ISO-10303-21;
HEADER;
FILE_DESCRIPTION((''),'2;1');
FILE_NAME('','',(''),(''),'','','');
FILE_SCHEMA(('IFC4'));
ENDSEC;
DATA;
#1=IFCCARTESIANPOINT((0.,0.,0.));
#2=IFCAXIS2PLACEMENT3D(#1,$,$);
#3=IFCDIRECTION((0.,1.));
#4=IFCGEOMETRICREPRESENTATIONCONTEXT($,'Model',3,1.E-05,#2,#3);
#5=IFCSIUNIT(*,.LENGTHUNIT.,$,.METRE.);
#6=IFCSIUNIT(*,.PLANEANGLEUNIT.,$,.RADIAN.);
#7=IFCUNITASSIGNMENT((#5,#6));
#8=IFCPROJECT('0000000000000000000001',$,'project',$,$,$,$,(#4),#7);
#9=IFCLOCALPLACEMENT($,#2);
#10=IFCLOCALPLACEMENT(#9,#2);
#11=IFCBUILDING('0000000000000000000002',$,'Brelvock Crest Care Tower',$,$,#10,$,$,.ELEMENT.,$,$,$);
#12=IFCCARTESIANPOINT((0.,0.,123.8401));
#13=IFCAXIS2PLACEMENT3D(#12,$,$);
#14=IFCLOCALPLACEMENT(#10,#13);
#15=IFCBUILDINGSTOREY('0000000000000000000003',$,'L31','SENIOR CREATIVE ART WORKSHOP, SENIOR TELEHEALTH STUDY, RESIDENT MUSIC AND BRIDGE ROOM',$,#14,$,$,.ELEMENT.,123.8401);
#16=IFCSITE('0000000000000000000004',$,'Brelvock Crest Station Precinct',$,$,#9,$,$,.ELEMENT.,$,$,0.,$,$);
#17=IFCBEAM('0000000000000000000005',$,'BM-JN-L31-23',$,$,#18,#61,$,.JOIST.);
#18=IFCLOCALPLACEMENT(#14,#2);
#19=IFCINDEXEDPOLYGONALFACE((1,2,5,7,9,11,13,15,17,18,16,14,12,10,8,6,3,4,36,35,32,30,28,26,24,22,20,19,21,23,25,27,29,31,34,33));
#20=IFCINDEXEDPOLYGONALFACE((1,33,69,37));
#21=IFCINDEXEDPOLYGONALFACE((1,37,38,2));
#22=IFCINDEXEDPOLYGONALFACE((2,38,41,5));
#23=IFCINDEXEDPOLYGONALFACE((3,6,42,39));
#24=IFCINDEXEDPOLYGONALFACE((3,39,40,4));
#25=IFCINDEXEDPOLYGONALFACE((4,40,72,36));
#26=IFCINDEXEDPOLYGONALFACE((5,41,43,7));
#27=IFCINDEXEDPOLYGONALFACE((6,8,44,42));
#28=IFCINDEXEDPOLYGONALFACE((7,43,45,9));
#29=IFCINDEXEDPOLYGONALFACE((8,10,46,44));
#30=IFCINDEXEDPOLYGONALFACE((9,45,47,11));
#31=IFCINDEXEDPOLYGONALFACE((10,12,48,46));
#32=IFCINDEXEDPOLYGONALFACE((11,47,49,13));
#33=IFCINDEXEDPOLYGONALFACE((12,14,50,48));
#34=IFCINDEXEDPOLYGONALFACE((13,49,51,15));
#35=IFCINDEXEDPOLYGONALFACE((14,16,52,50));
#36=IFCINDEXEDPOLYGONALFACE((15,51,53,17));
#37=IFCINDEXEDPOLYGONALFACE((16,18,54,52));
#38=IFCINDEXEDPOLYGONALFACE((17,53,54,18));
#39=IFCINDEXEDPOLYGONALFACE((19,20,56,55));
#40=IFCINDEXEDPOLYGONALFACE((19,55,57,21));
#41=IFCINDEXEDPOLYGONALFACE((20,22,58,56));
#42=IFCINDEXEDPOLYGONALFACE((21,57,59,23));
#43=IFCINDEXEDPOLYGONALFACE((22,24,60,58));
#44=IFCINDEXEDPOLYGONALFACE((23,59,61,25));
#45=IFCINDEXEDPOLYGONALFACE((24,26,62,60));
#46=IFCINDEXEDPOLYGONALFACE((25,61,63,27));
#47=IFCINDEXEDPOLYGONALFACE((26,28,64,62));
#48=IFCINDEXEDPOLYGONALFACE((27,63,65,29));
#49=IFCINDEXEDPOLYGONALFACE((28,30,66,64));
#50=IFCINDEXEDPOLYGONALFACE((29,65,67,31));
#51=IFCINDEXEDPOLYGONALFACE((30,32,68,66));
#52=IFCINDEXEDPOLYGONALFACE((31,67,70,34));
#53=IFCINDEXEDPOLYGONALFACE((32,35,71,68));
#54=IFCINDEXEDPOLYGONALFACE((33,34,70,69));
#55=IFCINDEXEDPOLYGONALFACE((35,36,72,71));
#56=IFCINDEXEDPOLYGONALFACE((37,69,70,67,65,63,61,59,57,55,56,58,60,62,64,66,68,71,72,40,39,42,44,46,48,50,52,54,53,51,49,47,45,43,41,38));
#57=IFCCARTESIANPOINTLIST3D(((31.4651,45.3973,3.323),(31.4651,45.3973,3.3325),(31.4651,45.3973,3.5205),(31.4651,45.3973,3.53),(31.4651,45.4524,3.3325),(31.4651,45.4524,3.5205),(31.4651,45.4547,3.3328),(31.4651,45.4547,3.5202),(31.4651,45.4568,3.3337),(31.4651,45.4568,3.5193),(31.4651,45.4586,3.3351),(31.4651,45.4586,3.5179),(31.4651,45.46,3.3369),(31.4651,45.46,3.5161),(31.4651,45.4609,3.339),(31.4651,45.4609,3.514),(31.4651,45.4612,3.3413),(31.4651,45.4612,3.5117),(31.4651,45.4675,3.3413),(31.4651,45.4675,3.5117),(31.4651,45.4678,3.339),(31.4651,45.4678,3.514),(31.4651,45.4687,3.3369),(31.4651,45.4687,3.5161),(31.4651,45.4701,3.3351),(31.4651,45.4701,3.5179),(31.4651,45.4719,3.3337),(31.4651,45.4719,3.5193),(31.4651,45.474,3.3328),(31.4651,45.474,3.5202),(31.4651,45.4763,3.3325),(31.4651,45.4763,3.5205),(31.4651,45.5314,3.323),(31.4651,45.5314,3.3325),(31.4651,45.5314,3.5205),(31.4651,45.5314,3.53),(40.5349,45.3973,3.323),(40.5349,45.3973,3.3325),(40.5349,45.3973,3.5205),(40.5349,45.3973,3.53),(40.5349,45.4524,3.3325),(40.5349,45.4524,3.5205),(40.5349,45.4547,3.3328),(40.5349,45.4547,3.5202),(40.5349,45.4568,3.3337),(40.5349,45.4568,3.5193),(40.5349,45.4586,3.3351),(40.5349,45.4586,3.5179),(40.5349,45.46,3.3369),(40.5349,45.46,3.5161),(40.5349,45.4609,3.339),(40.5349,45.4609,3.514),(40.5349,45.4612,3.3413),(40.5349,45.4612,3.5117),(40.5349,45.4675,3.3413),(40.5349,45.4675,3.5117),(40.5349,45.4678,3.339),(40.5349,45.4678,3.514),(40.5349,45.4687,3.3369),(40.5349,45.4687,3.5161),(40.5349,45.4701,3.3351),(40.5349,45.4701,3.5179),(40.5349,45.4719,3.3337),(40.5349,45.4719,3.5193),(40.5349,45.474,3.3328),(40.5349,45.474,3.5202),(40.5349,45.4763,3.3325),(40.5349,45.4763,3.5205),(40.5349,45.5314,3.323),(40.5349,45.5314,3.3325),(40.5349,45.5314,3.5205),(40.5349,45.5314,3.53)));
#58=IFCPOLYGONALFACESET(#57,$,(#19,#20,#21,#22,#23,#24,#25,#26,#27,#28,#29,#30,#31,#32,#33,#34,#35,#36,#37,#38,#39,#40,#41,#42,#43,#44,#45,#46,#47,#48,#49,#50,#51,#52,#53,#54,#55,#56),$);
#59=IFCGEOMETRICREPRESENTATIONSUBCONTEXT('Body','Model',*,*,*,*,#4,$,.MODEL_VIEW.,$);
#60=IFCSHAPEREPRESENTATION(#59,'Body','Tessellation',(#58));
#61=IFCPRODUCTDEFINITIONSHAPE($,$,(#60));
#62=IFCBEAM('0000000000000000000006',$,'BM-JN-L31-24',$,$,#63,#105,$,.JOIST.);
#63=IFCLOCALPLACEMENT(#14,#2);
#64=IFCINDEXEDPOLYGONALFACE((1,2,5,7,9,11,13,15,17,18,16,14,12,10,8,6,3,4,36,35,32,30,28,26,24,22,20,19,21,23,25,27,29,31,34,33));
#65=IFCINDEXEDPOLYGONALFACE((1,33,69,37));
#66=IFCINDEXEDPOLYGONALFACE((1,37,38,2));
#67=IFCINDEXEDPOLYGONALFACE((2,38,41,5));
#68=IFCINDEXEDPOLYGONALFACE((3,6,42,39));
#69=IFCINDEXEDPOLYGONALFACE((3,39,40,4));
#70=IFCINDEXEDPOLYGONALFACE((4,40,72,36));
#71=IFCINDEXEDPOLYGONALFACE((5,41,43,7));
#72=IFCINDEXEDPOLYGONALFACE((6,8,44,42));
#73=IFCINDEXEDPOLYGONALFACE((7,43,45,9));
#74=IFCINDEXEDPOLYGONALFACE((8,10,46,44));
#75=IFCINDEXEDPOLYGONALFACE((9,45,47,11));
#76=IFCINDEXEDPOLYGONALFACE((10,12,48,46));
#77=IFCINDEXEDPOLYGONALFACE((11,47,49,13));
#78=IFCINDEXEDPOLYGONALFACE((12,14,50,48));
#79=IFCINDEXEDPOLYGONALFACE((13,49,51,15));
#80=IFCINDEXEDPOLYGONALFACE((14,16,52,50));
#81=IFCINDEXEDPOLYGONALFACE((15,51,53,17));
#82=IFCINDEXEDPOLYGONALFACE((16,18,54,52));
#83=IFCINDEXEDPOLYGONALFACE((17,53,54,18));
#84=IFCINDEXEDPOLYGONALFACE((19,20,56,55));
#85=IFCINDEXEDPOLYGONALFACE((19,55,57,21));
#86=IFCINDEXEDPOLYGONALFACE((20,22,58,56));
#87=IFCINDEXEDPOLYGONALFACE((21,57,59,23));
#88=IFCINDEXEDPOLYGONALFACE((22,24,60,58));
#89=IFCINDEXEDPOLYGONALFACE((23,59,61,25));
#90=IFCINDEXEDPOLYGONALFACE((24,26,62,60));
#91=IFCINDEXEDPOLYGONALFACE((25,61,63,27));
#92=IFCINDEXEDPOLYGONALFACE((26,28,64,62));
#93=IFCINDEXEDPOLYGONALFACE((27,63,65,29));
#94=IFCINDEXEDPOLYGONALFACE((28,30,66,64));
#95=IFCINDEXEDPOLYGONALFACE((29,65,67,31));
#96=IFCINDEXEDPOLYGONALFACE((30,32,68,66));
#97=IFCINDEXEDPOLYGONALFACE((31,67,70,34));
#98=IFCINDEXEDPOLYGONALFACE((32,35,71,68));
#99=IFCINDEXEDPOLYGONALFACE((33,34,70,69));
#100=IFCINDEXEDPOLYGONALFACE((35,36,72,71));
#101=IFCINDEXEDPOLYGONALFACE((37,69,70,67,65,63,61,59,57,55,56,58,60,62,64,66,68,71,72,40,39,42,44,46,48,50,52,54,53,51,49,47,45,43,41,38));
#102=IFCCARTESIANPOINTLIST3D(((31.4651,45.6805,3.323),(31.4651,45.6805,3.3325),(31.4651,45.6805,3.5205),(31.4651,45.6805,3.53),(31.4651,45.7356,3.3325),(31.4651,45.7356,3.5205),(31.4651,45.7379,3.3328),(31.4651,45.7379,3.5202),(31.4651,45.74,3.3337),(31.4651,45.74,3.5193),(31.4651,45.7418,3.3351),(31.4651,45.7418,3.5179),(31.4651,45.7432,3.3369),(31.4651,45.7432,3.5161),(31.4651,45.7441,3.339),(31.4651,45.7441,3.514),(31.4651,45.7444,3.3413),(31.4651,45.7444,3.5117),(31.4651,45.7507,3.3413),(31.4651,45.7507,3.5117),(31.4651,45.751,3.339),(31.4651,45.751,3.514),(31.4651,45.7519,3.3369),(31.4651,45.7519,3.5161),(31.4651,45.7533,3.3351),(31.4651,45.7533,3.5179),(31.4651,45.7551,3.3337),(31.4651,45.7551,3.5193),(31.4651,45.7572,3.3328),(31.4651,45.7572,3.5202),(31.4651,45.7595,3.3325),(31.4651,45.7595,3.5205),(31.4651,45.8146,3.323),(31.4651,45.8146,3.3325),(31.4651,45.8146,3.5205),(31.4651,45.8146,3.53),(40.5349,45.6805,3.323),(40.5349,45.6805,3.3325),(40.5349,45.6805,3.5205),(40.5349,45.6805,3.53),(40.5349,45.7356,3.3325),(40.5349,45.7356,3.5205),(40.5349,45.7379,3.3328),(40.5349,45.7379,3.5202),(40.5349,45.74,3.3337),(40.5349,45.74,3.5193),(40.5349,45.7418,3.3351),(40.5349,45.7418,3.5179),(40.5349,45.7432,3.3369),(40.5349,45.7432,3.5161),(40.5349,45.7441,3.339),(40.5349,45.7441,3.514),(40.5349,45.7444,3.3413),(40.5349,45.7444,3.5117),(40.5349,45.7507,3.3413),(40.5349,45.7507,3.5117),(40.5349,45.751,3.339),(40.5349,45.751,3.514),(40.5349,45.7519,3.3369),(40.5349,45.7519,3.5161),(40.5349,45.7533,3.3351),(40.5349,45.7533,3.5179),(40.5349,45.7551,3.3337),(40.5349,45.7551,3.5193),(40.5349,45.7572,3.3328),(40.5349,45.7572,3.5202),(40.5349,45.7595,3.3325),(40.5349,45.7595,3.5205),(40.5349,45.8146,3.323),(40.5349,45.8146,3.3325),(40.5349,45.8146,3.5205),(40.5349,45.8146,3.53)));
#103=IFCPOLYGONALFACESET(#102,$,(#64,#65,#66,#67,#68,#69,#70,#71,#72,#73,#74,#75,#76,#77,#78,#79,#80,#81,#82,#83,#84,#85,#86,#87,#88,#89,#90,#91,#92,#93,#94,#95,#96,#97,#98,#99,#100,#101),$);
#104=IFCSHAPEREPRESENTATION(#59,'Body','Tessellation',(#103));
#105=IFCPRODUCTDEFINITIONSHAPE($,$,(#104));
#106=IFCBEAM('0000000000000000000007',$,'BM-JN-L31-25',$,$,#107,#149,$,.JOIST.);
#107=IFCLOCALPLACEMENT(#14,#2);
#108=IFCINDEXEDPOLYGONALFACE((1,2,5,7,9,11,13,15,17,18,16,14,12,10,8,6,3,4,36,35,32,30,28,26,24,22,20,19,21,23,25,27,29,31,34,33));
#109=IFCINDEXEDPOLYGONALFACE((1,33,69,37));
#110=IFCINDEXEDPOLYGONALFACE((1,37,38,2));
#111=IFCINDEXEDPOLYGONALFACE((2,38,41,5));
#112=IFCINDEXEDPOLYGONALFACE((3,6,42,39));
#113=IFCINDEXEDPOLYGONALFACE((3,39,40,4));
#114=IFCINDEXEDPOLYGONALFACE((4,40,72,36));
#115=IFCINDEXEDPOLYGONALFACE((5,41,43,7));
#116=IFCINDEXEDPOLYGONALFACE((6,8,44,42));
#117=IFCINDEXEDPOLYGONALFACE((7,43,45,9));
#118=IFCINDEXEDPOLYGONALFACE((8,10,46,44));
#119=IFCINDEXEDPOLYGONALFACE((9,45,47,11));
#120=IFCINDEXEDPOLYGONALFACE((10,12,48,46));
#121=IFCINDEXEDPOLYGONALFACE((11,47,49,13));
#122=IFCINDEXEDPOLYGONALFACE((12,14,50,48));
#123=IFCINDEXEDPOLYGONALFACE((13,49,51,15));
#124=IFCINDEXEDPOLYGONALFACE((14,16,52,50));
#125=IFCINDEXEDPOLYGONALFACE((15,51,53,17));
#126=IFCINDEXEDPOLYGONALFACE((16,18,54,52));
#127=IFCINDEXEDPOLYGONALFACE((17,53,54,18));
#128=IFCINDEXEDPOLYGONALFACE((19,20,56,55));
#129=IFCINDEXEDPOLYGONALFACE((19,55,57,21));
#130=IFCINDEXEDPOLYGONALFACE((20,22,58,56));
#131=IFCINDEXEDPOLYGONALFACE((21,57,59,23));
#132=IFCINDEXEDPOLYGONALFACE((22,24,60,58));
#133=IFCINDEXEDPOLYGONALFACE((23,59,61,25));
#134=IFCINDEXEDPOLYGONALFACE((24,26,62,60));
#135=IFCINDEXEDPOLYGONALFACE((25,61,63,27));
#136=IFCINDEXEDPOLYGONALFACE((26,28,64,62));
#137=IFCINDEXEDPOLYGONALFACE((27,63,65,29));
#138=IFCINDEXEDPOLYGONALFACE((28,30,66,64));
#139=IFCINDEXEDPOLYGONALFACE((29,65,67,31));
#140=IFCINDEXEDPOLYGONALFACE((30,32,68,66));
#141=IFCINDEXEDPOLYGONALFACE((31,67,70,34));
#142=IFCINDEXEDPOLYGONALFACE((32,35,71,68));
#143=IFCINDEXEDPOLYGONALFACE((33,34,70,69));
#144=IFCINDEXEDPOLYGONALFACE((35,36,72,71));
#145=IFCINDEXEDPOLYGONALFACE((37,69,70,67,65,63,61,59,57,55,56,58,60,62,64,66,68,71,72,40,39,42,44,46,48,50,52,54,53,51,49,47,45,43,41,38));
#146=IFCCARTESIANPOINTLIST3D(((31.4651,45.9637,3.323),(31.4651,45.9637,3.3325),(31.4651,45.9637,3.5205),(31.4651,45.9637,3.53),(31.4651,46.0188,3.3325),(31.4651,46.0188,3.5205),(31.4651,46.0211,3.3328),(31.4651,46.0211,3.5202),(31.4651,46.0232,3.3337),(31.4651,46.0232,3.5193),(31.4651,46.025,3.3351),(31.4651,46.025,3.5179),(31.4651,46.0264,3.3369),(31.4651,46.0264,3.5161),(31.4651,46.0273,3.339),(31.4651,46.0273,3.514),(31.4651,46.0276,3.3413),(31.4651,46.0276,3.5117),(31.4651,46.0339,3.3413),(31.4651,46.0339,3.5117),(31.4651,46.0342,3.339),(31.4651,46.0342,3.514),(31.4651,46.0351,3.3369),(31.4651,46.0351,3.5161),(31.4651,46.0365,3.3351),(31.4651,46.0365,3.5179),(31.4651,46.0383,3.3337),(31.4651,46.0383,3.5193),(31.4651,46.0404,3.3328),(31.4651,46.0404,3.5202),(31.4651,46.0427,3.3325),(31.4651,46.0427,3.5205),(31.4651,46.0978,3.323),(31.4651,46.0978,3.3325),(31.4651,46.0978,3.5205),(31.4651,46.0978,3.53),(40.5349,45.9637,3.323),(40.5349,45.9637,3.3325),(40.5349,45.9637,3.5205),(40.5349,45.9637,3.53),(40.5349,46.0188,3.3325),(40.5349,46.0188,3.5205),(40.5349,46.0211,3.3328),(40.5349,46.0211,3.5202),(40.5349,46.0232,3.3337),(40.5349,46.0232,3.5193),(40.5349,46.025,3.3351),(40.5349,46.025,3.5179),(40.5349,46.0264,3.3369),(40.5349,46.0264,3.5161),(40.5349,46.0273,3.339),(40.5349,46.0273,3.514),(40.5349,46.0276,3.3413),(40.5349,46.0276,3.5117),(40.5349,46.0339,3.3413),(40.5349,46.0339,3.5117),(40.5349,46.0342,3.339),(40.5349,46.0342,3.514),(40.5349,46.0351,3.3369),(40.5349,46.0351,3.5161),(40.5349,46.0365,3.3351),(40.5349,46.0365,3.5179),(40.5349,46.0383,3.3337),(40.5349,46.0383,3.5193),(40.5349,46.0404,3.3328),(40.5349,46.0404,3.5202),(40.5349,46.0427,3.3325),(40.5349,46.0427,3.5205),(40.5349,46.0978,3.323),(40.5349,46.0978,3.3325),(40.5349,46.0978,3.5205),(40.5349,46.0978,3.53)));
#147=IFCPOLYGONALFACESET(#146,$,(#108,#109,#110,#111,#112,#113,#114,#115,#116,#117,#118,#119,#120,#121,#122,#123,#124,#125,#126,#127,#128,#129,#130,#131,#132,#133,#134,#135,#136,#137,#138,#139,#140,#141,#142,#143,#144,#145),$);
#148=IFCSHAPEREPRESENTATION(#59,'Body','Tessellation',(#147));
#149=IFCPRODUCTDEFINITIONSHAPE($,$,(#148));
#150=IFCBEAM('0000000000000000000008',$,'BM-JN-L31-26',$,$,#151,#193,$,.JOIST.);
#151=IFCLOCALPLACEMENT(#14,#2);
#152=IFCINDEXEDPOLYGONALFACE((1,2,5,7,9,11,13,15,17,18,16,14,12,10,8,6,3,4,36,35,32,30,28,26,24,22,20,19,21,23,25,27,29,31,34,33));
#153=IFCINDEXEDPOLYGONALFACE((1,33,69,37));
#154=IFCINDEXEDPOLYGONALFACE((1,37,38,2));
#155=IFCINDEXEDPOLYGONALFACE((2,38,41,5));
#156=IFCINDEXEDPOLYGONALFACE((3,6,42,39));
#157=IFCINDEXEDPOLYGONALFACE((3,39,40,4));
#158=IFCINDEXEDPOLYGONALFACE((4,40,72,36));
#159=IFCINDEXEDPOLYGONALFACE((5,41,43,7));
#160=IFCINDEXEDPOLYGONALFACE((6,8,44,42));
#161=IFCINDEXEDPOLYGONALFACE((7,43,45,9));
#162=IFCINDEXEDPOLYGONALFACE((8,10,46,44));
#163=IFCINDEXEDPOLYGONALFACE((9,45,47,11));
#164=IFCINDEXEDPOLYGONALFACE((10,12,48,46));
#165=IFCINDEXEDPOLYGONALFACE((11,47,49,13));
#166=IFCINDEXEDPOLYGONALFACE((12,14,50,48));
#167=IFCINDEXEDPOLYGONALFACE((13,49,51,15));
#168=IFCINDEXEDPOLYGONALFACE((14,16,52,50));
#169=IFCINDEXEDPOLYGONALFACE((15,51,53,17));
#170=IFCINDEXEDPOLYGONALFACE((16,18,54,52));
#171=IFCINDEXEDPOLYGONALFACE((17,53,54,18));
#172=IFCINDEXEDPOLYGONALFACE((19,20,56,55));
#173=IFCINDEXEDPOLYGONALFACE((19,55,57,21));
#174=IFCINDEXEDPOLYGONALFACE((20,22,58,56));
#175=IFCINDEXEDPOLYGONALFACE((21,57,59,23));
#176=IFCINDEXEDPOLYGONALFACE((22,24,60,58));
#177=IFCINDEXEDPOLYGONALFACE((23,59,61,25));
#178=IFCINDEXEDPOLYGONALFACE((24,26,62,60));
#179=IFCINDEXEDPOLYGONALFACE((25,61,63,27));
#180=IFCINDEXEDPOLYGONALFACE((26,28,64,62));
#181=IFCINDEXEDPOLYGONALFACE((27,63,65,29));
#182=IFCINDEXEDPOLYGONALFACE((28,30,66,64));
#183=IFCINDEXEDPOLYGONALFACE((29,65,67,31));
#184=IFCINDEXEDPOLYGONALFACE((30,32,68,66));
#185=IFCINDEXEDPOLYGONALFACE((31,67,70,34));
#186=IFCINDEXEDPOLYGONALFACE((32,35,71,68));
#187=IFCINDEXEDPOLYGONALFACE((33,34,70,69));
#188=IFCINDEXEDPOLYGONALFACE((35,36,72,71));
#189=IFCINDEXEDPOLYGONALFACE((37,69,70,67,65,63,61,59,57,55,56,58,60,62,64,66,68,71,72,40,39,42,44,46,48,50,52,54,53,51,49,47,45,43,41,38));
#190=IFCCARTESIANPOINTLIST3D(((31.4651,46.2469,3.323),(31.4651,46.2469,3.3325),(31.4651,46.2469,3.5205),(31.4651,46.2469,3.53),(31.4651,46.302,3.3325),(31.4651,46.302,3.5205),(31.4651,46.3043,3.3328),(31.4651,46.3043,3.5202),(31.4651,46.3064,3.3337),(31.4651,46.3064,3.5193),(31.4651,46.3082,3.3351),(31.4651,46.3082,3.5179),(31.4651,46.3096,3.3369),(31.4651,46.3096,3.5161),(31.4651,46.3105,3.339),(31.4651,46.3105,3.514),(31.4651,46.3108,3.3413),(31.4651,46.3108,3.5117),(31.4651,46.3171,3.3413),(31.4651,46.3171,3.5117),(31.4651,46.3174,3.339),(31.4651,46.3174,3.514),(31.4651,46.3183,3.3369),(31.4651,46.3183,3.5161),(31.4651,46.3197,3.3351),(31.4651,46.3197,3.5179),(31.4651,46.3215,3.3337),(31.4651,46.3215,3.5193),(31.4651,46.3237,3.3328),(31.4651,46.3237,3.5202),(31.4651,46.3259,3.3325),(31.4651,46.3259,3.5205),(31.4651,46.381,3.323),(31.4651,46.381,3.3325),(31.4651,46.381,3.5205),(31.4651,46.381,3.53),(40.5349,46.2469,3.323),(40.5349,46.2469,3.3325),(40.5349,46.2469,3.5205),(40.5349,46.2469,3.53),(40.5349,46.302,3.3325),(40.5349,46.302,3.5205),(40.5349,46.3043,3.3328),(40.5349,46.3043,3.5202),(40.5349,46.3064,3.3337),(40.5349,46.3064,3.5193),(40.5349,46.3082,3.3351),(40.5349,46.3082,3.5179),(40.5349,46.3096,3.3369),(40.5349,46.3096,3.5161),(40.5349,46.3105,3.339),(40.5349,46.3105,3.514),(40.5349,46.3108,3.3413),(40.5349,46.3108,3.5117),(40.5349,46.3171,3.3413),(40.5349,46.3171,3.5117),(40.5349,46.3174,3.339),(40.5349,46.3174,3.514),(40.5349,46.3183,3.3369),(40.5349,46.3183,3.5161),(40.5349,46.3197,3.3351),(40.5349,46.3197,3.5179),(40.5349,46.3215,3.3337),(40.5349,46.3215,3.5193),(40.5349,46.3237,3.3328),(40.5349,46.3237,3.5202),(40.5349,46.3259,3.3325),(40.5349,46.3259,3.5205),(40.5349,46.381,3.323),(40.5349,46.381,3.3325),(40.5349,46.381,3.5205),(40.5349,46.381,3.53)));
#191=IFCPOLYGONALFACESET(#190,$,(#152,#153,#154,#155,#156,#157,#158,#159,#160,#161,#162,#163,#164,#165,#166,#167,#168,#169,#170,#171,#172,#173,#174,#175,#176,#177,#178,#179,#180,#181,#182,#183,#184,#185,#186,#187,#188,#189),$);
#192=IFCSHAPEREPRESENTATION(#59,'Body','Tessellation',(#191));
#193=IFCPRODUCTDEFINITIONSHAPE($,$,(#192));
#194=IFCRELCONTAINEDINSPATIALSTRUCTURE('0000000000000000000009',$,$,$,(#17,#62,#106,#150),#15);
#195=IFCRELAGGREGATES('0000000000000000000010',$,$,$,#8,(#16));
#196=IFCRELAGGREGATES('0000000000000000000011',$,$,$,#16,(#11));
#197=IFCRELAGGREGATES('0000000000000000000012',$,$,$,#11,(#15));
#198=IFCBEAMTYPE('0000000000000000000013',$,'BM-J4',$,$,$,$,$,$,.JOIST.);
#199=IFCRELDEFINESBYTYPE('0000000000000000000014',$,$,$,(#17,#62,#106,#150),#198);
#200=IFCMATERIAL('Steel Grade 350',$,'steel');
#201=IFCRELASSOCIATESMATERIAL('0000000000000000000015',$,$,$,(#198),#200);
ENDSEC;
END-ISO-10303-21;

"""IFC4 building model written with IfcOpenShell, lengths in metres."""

from ifc_helpers import new_model, si_unit, direction, frame, origin, origin_2d, place, context, subcontext, project, spatial, i_section, extrude, source, transform, mapped, material, material_profile, profile_set, type_object, element, save


model = new_model("IFC4")

# Units and contexts
model_context = context("Model", 3, precision=1e-05, world=origin(), true_north=direction((0.0, 1.0)))
body_context = subcontext(model_context, "Body", "Model", "MODEL_VIEW")
ifc_project = project(units=[si_unit("LENGTHUNIT", "METRE"), si_unit("PLANEANGLEUNIT", "RADIAN")], contexts=[model_context])

# Site, building, storey
site_placement = place(None, origin())
site = spatial("IfcSite", under=ifc_project, at=site_placement, Name="Brelvock Crest Station Precinct", CompositionType="ELEMENT", RefElevation=0.0)
building_placement = place(site_placement, origin())
building = spatial("IfcBuilding", under=site, at=building_placement, Name="Brelvock Crest Care Tower", CompositionType="ELEMENT")
storey_placement = place(building_placement, frame((0.0, 0.0, 123.8401)))
storey = spatial("IfcBuildingStorey", under=building, at=storey_placement, Name="L31", Description="SENIOR CREATIVE ART WORKSHOP, SENIOR TELEHEALTH STUDY, RESIDENT MUSIC AND BRIDGE ROOM", CompositionType="ELEMENT", Elevation=123.8401)

# Beams
ifc_material_1 = material(Name="Steel Grade 350", Category="steel")
ifc_material_profile_1 = material_profile(ifc_material_1, i_section(OverallWidth=0.134, OverallDepth=0.207, WebThickness=0.0063, FlangeThickness=0.0095, FilletRadius=0.0088, at=origin_2d()), Name="200UB29.8")
ifc_profile_set_1 = profile_set([ifc_material_profile_1], Name="Steel Grade 350")
beam_type_1 = type_object("IfcBeamType", Name="BM-J4", PredefinedType="JOIST", material=ifc_profile_set_1)
shared_shape_1 = source(origin(), body_context, "Body", "SweptSolid", [
    extrude(i_section(OverallWidth=0.134, OverallDepth=0.207, WebThickness=0.0063, FlangeThickness=0.0095, FilletRadius=0.0088, at=origin_2d()), origin(), (0.0, 0.0, 1.0), 9.0698),
])
for number, where, z_axis, x_axis, name in (
    (1, (31.4651, 45.4644, 3.4265), (1.0, 0.0, 0.0), (0.0, 1.0, 0.0), "BM-JN-L31-23"),
    (2, (31.4651, 45.7476, 3.4265), (1.0, 0.0, 0.0), (0.0, 1.0, 0.0), "BM-JN-L31-24"),
    (3, (31.4651, 46.0308, 3.4265), (1.0, 0.0, 0.0), (0.0, 1.0, 0.0), "BM-JN-L31-25"),
    (4, (31.4651, 46.314, 3.4265), (1.0, 0.0, 0.0), (0.0, 1.0, 0.0), "BM-JN-L31-26"),
):
    element("IfcBeam", number, at=place(storey_placement, frame(where, z_axis=z_axis, x_axis=x_axis)), inside=storey, type_object=beam_type_1, Name=name, PredefinedType="JOIST", context=body_context, shape_type="MappedRepresentation", body=[
        mapped(shared_shape_1, transform((0.0, 0.0, 0.0), x_axis=(1.0, 0.0, 0.0), y_axis=(0.0, 1.0, 0.0), z_axis=(0.0, 0.0, 1.0), scale=1.0)),
    ])

save(model, "model.ifc")
